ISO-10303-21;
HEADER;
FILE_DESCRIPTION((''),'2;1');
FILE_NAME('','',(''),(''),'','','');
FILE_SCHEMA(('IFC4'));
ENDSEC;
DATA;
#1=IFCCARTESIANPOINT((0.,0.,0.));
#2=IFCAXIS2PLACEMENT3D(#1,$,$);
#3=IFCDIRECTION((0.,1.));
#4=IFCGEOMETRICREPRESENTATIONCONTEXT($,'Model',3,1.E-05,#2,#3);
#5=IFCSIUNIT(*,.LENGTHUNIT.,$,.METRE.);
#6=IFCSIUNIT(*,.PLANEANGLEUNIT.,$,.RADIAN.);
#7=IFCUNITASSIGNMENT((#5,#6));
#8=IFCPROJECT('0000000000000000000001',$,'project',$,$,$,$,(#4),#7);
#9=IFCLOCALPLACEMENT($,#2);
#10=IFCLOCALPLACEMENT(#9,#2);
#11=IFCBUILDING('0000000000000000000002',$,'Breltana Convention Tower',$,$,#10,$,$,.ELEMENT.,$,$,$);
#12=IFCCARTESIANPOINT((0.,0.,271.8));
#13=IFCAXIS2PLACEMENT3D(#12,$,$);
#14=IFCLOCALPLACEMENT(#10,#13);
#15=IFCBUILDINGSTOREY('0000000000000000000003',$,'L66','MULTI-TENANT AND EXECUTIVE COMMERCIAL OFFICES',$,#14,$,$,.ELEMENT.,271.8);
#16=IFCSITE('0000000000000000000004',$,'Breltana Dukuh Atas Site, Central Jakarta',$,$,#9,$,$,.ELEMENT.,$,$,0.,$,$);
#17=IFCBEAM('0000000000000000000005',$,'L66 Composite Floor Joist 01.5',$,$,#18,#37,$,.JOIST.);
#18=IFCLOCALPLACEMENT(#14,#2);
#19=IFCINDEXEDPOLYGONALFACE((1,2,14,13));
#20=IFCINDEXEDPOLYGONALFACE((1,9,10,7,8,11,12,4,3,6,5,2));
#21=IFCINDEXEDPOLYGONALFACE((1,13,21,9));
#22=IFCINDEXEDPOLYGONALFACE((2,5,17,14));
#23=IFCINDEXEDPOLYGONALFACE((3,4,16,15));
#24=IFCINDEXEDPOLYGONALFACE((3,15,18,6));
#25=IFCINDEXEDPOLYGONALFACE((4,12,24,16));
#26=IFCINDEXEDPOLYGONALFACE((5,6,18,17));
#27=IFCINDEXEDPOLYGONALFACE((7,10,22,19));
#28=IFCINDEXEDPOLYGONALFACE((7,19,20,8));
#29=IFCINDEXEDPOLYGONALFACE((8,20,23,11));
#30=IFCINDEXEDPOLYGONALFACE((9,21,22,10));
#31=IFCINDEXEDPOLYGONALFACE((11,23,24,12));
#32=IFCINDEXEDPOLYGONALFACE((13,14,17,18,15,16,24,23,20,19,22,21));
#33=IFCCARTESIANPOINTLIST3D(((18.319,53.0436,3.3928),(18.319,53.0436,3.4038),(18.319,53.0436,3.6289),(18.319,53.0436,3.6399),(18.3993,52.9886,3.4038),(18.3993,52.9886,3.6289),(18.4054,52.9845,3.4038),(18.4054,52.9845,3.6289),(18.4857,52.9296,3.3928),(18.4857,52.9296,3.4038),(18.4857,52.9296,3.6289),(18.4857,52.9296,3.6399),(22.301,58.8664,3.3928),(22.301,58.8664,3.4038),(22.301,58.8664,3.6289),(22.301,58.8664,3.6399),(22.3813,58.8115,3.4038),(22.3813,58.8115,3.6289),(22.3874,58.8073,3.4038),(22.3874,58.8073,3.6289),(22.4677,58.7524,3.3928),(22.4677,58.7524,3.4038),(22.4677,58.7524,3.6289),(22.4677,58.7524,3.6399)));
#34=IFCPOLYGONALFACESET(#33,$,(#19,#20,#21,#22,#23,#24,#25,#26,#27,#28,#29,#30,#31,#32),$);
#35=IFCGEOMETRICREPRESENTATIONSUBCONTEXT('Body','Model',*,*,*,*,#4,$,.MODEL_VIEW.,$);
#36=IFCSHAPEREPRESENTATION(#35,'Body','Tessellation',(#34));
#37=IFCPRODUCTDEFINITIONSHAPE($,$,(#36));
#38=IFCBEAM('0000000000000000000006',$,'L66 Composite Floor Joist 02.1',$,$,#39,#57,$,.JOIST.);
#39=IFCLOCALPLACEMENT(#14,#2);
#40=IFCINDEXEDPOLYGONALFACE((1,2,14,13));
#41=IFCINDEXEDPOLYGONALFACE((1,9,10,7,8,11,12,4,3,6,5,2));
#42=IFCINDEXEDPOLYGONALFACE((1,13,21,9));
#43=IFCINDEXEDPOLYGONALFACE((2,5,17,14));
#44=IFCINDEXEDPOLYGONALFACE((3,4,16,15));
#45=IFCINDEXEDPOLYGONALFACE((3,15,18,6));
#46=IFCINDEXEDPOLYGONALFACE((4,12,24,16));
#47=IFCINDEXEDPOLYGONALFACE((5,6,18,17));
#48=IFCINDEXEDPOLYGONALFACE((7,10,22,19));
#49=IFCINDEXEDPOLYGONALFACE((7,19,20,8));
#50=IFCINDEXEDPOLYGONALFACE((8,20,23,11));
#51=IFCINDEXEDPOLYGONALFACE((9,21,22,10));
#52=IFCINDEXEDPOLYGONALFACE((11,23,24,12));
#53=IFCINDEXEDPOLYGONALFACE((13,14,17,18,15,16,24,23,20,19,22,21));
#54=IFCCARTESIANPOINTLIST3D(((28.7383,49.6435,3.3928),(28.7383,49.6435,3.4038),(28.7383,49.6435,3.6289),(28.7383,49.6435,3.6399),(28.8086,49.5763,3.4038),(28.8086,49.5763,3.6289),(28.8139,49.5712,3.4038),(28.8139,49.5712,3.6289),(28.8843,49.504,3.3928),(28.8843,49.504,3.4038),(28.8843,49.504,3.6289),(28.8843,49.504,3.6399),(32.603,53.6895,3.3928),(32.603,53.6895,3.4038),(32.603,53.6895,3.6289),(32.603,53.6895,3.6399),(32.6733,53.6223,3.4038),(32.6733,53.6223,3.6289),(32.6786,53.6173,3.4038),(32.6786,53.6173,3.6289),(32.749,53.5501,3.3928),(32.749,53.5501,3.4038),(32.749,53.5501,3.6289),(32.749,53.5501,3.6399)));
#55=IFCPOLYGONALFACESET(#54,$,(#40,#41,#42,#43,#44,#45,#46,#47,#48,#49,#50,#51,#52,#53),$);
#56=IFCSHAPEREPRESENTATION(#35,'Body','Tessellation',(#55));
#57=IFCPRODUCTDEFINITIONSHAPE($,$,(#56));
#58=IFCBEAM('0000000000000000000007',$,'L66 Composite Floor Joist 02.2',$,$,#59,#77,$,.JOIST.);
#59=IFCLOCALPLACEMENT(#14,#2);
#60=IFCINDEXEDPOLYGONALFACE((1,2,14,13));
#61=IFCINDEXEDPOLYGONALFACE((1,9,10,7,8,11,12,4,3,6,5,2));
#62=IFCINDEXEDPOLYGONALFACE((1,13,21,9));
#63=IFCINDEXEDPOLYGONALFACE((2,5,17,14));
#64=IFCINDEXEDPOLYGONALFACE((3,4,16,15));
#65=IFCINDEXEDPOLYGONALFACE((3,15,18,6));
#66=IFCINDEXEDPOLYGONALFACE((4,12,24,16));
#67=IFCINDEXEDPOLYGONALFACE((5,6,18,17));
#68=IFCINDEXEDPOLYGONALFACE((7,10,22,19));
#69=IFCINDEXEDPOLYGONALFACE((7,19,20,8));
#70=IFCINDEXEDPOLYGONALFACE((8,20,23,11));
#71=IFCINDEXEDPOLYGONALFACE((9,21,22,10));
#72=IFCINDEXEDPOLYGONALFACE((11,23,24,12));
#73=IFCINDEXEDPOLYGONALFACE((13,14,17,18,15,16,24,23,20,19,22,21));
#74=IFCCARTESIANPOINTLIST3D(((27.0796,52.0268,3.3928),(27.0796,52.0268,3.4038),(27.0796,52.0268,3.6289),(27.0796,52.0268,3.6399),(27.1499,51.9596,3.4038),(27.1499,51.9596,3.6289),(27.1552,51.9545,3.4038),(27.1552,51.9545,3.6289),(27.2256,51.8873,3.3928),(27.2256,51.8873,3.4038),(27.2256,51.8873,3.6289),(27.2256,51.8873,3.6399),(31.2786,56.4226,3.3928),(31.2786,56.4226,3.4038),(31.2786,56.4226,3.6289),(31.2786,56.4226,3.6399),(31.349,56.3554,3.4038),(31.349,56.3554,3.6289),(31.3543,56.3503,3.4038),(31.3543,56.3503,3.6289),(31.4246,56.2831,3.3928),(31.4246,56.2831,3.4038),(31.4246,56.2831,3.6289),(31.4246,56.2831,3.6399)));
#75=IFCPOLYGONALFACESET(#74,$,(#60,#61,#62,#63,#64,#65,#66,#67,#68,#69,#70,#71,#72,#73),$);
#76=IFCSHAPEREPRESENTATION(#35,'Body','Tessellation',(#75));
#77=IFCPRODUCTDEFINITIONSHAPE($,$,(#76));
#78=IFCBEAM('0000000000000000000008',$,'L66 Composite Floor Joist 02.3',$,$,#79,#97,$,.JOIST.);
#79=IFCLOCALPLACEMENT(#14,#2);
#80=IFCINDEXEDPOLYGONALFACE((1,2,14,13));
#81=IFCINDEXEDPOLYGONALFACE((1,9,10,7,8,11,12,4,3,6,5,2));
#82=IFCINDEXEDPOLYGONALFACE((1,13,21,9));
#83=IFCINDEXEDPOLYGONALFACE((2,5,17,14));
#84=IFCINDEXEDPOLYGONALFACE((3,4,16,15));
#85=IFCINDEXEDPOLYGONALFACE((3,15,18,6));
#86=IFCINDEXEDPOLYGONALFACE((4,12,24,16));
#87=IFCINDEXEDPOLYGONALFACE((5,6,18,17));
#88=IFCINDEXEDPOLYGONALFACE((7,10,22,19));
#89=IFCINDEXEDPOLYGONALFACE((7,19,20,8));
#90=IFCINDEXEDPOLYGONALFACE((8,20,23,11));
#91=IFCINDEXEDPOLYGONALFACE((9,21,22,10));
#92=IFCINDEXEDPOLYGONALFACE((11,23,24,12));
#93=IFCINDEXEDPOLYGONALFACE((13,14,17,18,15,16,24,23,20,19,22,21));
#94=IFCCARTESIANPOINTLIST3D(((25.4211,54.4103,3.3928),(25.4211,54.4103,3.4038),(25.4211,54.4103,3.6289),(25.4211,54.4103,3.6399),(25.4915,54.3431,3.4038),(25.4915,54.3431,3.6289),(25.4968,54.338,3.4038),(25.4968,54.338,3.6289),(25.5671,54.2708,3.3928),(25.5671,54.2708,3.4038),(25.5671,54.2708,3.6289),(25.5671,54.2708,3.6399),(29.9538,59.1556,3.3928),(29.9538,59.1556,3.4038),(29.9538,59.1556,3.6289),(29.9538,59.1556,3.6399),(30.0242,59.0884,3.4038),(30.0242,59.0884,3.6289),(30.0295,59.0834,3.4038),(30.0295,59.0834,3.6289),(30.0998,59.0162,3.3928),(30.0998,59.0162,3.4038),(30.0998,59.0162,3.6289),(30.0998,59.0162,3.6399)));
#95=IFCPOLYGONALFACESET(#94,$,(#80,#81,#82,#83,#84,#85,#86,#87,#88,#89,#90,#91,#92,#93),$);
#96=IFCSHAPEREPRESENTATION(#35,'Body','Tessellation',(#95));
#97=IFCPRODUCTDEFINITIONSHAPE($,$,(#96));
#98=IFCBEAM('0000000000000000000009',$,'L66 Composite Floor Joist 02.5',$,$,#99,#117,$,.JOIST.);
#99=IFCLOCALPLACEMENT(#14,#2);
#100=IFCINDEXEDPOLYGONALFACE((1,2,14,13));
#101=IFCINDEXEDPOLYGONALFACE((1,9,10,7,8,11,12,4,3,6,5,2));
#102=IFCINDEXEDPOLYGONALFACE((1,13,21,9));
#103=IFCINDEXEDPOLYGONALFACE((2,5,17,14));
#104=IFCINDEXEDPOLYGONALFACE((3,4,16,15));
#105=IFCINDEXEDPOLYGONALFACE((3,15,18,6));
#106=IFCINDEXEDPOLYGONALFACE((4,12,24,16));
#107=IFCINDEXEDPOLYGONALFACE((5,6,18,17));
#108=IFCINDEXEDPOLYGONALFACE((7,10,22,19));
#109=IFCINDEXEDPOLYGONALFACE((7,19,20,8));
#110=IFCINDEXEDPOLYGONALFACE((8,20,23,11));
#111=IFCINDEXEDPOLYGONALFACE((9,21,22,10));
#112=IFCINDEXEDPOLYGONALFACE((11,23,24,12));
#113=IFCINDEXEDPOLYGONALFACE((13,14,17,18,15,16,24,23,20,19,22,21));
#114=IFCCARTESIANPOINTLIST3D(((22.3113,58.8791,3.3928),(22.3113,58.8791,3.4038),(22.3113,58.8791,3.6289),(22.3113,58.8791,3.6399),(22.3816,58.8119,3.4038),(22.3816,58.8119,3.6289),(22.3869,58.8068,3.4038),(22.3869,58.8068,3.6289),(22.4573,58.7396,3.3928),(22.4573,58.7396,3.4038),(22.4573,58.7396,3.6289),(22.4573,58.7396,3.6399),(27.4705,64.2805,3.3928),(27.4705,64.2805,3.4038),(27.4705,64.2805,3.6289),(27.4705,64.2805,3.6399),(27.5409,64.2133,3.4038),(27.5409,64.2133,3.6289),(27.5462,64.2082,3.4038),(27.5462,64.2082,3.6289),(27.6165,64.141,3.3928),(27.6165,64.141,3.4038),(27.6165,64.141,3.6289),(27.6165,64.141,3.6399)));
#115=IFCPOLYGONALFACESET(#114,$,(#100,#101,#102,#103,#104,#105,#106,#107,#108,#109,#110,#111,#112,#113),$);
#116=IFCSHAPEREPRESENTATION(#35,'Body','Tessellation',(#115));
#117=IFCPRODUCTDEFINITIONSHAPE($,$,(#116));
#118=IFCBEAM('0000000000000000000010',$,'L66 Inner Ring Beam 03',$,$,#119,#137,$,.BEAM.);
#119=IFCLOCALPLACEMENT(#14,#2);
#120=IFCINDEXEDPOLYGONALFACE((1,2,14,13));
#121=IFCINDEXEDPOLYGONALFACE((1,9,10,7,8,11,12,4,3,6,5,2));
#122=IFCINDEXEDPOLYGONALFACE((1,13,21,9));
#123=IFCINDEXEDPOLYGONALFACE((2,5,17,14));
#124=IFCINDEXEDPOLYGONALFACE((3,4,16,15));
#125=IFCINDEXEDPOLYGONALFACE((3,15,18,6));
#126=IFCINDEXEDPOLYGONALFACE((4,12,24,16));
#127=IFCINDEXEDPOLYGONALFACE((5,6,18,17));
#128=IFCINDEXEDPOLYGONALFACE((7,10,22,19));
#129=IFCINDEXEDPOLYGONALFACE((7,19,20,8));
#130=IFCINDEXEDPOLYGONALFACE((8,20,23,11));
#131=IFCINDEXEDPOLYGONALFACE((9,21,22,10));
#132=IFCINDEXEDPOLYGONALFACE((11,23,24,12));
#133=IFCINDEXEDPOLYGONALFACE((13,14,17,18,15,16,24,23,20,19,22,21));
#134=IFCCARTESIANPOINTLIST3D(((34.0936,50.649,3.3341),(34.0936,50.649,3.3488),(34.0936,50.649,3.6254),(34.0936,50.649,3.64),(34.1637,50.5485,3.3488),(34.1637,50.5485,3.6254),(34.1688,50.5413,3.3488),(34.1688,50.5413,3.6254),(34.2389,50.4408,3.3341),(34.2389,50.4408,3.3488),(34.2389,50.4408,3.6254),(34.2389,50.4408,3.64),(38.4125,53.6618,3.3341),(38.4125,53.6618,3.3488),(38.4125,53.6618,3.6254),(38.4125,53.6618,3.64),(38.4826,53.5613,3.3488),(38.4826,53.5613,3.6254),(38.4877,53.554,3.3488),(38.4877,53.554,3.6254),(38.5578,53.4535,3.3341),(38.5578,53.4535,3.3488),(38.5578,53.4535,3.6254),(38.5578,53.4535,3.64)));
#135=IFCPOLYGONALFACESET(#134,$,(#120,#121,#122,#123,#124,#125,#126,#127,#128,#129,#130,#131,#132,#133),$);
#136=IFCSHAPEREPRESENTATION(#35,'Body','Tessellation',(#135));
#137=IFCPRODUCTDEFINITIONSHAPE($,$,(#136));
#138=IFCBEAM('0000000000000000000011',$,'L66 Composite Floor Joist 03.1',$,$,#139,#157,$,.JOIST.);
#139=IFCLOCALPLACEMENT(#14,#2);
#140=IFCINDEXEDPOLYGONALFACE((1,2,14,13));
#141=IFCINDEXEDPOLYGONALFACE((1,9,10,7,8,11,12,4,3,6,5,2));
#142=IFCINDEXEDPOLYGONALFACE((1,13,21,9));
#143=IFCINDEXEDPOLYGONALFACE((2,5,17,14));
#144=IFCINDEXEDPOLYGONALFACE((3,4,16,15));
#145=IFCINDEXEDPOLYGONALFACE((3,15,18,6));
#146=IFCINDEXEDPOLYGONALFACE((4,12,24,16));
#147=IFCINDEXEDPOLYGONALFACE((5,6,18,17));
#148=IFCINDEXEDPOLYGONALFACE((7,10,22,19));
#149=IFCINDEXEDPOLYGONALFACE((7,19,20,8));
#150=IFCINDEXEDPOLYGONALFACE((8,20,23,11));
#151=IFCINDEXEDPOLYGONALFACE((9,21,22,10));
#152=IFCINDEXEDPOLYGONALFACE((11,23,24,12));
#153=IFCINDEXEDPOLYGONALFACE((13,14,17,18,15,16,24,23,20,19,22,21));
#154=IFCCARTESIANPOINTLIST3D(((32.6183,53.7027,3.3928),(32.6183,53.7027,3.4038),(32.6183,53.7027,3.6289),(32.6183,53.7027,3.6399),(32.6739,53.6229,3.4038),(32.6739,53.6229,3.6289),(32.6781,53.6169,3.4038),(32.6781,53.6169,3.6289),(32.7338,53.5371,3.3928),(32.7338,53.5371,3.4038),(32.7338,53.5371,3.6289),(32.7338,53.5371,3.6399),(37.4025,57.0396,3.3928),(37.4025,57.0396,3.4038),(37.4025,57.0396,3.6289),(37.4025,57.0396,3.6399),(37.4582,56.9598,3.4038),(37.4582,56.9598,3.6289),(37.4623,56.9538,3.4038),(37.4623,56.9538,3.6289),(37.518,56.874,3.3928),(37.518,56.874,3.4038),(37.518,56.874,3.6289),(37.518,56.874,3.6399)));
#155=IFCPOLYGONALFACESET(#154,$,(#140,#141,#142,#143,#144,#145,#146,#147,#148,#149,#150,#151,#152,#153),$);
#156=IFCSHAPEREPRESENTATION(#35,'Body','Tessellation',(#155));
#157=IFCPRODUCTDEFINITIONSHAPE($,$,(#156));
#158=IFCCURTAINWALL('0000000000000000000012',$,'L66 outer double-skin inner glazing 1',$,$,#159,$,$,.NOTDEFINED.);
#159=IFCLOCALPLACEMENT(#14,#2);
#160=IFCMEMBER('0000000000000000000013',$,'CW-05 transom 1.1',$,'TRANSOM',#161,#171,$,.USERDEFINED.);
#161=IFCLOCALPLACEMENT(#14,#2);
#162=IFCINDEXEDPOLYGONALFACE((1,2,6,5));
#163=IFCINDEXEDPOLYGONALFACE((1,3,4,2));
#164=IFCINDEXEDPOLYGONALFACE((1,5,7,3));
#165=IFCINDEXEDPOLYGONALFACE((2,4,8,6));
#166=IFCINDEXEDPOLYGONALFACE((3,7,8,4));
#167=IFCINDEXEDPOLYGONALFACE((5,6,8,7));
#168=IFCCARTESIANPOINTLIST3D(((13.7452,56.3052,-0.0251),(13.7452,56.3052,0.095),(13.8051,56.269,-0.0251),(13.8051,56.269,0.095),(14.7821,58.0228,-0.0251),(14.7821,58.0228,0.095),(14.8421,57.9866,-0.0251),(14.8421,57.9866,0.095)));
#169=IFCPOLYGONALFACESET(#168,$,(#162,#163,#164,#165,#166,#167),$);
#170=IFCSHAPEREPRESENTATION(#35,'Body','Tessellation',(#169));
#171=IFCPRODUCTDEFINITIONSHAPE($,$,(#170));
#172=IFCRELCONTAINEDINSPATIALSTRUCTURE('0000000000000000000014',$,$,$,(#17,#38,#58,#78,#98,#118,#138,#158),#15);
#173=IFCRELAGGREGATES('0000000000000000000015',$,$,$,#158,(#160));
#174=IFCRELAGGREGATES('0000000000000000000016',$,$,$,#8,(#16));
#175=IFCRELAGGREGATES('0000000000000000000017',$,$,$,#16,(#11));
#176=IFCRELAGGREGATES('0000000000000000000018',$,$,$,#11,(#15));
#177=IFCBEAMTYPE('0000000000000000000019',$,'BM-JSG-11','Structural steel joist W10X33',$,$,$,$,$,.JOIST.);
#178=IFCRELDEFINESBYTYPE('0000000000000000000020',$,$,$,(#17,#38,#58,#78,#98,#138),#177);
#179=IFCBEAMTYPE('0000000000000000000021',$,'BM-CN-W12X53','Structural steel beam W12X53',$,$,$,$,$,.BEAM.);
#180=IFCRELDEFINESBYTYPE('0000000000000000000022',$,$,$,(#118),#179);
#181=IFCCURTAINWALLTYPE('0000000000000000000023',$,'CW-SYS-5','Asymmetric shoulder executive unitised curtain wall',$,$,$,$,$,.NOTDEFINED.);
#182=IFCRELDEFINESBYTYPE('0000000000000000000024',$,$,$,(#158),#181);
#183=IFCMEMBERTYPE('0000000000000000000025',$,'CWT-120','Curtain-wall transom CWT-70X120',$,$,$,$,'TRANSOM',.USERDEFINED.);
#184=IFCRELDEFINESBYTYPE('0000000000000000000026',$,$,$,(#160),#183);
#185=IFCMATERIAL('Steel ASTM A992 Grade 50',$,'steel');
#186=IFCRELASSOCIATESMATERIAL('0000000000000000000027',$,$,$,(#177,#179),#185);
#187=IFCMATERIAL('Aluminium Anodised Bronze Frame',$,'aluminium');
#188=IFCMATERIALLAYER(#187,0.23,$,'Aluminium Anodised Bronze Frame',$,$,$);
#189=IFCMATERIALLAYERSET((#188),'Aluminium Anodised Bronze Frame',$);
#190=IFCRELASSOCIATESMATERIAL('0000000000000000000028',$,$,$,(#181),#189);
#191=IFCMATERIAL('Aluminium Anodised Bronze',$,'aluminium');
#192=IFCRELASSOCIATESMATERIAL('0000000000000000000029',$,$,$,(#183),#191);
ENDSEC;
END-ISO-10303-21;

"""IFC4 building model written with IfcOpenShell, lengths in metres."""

from ifc_helpers import new_model, si_unit, direction, frame, origin, origin_2d, place, context, subcontext, project, spatial, rectangle, i_section, extrude, source, transform, mapped, material, layer, layer_set, material_profile, profile_set, type_object, element, aggregate, save


model = new_model("IFC4")

# Units and contexts
model_context = context("Model", 3, precision=1e-05, world=origin(), true_north=direction((0.0, 1.0)))
body_context = subcontext(model_context, "Body", "Model", "MODEL_VIEW")
ifc_project = project(units=[si_unit("LENGTHUNIT", "METRE"), si_unit("PLANEANGLEUNIT", "RADIAN")], contexts=[model_context])

# Site, building, storey
site_placement = place(None, origin())
site = spatial("IfcSite", under=ifc_project, at=site_placement, Name="Breltana Dukuh Atas Site, Central Jakarta", CompositionType="ELEMENT", RefElevation=0.0)
building_placement = place(site_placement, origin())
building = spatial("IfcBuilding", under=site, at=building_placement, Name="Breltana Convention Tower", CompositionType="ELEMENT")
storey_placement = place(building_placement, frame((0.0, 0.0, 271.8)))
storey = spatial("IfcBuildingStorey", under=building, at=storey_placement, Name="L66", Description="MULTI-TENANT AND EXECUTIVE COMMERCIAL OFFICES", CompositionType="ELEMENT", Elevation=271.8)

# Shared definitions
ifc_material_1 = material(Name="Steel ASTM A992 Grade 50", Category="steel")

# Beams
ifc_material_profile_1 = material_profile(ifc_material_1, i_section(OverallWidth=0.2019, OverallDepth=0.2471, WebThickness=0.0073, FlangeThickness=0.011, at=origin_2d()), Name="W10X33")
ifc_profile_set_1 = profile_set([ifc_material_profile_1], Name="Steel ASTM A992 Grade 50")
beam_type_1 = type_object("IfcBeamType", Name="BM-JSG-11", Description="Structural steel joist W10X33", PredefinedType="JOIST", material=ifc_profile_set_1)
ifc_material_profile_2 = material_profile(ifc_material_1, i_section(OverallWidth=0.2539, OverallDepth=0.3059, WebThickness=0.0088, FlangeThickness=0.0146, at=origin_2d()), Name="W12X53")
ifc_profile_set_2 = profile_set([ifc_material_profile_2], Name="Steel ASTM A992 Grade 50")
beam_type_2 = type_object("IfcBeamType", Name="BM-CN-W12X53", Description="Structural steel beam W12X53", PredefinedType="BEAM", material=ifc_profile_set_2)
shared_shape_1 = source(origin(), body_context, "Body", "SweptSolid", [
    extrude(i_section(OverallWidth=0.2019, OverallDepth=0.2471, WebThickness=0.0073, FlangeThickness=0.011, at=origin_2d()), origin(), (0.0, 0.0, 1.0), 7.0542),
])
beam_1_placement = place(storey_placement, frame((18.4023, 52.9866, 3.5164), z_axis=(0.564485, 0.825443, 0.0), x_axis=(-0.825443, 0.564485, 0.0)))
element("IfcBeam", 1, at=beam_1_placement, inside=storey, type_object=beam_type_1, Name="L66 Composite Floor Joist 01.5", PredefinedType="JOIST", context=body_context, shape_type="MappedRepresentation", body=[
    mapped(shared_shape_1, transform((0.0, 0.0, 0.0), scale=1.0)),
])
shared_shape_2 = source(origin(), body_context, "Body", "SweptSolid", [
    extrude(i_section(OverallWidth=0.2019, OverallDepth=0.2471, WebThickness=0.0073, FlangeThickness=0.011, at=origin_2d()), origin(), (0.0, 0.0, 1.0), 5.5952),
])
beam_2_placement = place(storey_placement, frame((28.8113, 49.5737, 3.5164), z_axis=(0.690711, 0.723131, 0.0), x_axis=(-0.723131, 0.690711, 0.0)))
element("IfcBeam", 2, at=beam_2_placement, inside=storey, type_object=beam_type_1, Name="L66 Composite Floor Joist 02.1", PredefinedType="JOIST", context=body_context, shape_type="MappedRepresentation", body=[
    mapped(shared_shape_2, transform((0.0, 0.0, 0.0), scale=1.0)),
])
shared_shape_3 = source(origin(), body_context, "Body", "SweptSolid", [
    extrude(i_section(OverallWidth=0.2019, OverallDepth=0.2471, WebThickness=0.0073, FlangeThickness=0.011, at=origin_2d()), origin(), (0.0, 0.0, 1.0), 6.0791),
])
beam_3_placement = place(storey_placement, frame((27.1526, 51.957, 3.5164), z_axis=(0.690736, 0.723107, 0.0), x_axis=(-0.723107, 0.690736, 0.0)))
element("IfcBeam", 3, at=beam_3_placement, inside=storey, type_object=beam_type_1, Name="L66 Composite Floor Joist 02.2", PredefinedType="JOIST", context=body_context, shape_type="MappedRepresentation", body=[
    mapped(shared_shape_3, transform((0.0, 0.0, 0.0), scale=1.0)),
])
shared_shape_4 = source(origin(), body_context, "Body", "SweptSolid", [
    extrude(i_section(OverallWidth=0.2019, OverallDepth=0.2471, WebThickness=0.0073, FlangeThickness=0.011, at=origin_2d()), origin(), (0.0, 0.0, 1.0), 6.5623),
])
beam_4_placement = place(storey_placement, frame((25.4941, 54.3406, 3.5164), z_axis=(0.690719, 0.723123, 0.0), x_axis=(-0.723123, 0.690719, 0.0)))
element("IfcBeam", 4, at=beam_4_placement, inside=storey, type_object=beam_type_1, Name="L66 Composite Floor Joist 02.3", PredefinedType="JOIST", context=body_context, shape_type="MappedRepresentation", body=[
    mapped(shared_shape_4, transform((0.0, 0.0, 0.0), scale=1.0)),
])
shared_shape_5 = source(origin(), body_context, "Body", "SweptSolid", [
    extrude(i_section(OverallWidth=0.2019, OverallDepth=0.2471, WebThickness=0.0073, FlangeThickness=0.011, at=origin_2d()), origin(), (0.0, 0.0, 1.0), 7.4695),
])
beam_5_placement = place(storey_placement, frame((22.3843, 58.8093, 3.5164), z_axis=(0.690709, 0.723133, 0.0), x_axis=(-0.723133, 0.690709, 0.0)))
element("IfcBeam", 5, at=beam_5_placement, inside=storey, type_object=beam_type_1, Name="L66 Composite Floor Joist 02.5", PredefinedType="JOIST", context=body_context, shape_type="MappedRepresentation", body=[
    mapped(shared_shape_5, transform((0.0, 0.0, 0.0), scale=1.0)),
])
shared_shape_6 = source(origin(), body_context, "Body", "SweptSolid", [
    extrude(i_section(OverallWidth=0.2539, OverallDepth=0.3059, WebThickness=0.0088, FlangeThickness=0.0146, at=origin_2d()), origin(), (0.0, 0.0, 1.0), 5.2659),
])
beam_6_placement = place(storey_placement, frame((34.1663, 50.5449, 3.4871), z_axis=(0.820167, 0.572124, 0.0), x_axis=(-0.572124, 0.820167, 0.0)))
element("IfcBeam", 6, at=beam_6_placement, inside=storey, type_object=beam_type_2, Name="L66 Inner Ring Beam 03", PredefinedType="BEAM", context=body_context, shape_type="MappedRepresentation", body=[
    mapped(shared_shape_6, transform((0.0, 0.0, 0.0), scale=1.0)),
])
shared_shape_7 = source(origin(), body_context, "Body", "SweptSolid", [
    extrude(i_section(OverallWidth=0.2019, OverallDepth=0.2471, WebThickness=0.0073, FlangeThickness=0.011, at=origin_2d()), origin(), (0.0, 0.0, 1.0), 5.833),
])
beam_7_placement = place(storey_placement, frame((32.676, 53.6199, 3.5164), z_axis=(0.820198, 0.572079, 0.0), x_axis=(-0.572079, 0.820198, 0.0)))
element("IfcBeam", 7, at=beam_7_placement, inside=storey, type_object=beam_type_1, Name="L66 Composite Floor Joist 03.1", PredefinedType="JOIST", context=body_context, shape_type="MappedRepresentation", body=[
    mapped(shared_shape_7, transform((0.0, 0.0, 0.0), scale=1.0)),
])

# Curtain wall, member
ifc_material_2 = material(Name="Aluminium Anodised Bronze Frame", Category="aluminium")
ifc_layer_1 = layer(ifc_material_2, 0.23, Name="Aluminium Anodised Bronze Frame")
ifc_layer_set_1 = layer_set([ifc_layer_1], Name="Aluminium Anodised Bronze Frame")
curtain_wall_type = type_object("IfcCurtainWallType", Name="CW-SYS-5", Description="Asymmetric shoulder executive unitised curtain wall", PredefinedType="NOTDEFINED", material=ifc_layer_set_1)
curtain_wall_placement = place(storey_placement, origin())
curtain_wall = element("IfcCurtainWall", 8, at=curtain_wall_placement, inside=storey, type_object=curtain_wall_type, Name="L66 outer double-skin inner glazing 1", PredefinedType="NOTDEFINED")
ifc_material_3 = material(Name="Aluminium Anodised Bronze", Category="aluminium")
ifc_material_profile_3 = material_profile(ifc_material_3, rectangle(XDim=0.0701, YDim=0.1201, at=origin_2d()), Name="CWT-70X120")
ifc_profile_set_3 = profile_set([ifc_material_profile_3], Name="Aluminium Anodised Bronze")
member_type_1 = type_object("IfcMemberType", Name="CWT-120", Description="Curtain-wall transom CWT-70X120", ElementType="TRANSOM", PredefinedType="USERDEFINED", material=ifc_profile_set_3)
shared_shape_8 = source(origin(), body_context, "Body", "SweptSolid", [
    extrude(rectangle(XDim=0.0701, YDim=0.1201, at=origin_2d()), origin(), (0.0, 0.0, 1.0), 2.0063),
])
member_1_placement = place(storey_placement, frame((13.7751, 56.2871, 0.0349), z_axis=(0.51682, 0.856094, 0.0), x_axis=(-0.856094, 0.51682, 0.0)))
member_1 = element("IfcMember", 9, at=member_1_placement, type_object=member_type_1, Name="CW-05 transom 1.1", ObjectType="TRANSOM", PredefinedType="USERDEFINED", context=body_context, shape_type="MappedRepresentation", body=[
    mapped(shared_shape_8, transform((0.0, 0.0, 0.0), scale=1.0)),
])
aggregate(curtain_wall, [member_1])

save(model, "model.ifc")
